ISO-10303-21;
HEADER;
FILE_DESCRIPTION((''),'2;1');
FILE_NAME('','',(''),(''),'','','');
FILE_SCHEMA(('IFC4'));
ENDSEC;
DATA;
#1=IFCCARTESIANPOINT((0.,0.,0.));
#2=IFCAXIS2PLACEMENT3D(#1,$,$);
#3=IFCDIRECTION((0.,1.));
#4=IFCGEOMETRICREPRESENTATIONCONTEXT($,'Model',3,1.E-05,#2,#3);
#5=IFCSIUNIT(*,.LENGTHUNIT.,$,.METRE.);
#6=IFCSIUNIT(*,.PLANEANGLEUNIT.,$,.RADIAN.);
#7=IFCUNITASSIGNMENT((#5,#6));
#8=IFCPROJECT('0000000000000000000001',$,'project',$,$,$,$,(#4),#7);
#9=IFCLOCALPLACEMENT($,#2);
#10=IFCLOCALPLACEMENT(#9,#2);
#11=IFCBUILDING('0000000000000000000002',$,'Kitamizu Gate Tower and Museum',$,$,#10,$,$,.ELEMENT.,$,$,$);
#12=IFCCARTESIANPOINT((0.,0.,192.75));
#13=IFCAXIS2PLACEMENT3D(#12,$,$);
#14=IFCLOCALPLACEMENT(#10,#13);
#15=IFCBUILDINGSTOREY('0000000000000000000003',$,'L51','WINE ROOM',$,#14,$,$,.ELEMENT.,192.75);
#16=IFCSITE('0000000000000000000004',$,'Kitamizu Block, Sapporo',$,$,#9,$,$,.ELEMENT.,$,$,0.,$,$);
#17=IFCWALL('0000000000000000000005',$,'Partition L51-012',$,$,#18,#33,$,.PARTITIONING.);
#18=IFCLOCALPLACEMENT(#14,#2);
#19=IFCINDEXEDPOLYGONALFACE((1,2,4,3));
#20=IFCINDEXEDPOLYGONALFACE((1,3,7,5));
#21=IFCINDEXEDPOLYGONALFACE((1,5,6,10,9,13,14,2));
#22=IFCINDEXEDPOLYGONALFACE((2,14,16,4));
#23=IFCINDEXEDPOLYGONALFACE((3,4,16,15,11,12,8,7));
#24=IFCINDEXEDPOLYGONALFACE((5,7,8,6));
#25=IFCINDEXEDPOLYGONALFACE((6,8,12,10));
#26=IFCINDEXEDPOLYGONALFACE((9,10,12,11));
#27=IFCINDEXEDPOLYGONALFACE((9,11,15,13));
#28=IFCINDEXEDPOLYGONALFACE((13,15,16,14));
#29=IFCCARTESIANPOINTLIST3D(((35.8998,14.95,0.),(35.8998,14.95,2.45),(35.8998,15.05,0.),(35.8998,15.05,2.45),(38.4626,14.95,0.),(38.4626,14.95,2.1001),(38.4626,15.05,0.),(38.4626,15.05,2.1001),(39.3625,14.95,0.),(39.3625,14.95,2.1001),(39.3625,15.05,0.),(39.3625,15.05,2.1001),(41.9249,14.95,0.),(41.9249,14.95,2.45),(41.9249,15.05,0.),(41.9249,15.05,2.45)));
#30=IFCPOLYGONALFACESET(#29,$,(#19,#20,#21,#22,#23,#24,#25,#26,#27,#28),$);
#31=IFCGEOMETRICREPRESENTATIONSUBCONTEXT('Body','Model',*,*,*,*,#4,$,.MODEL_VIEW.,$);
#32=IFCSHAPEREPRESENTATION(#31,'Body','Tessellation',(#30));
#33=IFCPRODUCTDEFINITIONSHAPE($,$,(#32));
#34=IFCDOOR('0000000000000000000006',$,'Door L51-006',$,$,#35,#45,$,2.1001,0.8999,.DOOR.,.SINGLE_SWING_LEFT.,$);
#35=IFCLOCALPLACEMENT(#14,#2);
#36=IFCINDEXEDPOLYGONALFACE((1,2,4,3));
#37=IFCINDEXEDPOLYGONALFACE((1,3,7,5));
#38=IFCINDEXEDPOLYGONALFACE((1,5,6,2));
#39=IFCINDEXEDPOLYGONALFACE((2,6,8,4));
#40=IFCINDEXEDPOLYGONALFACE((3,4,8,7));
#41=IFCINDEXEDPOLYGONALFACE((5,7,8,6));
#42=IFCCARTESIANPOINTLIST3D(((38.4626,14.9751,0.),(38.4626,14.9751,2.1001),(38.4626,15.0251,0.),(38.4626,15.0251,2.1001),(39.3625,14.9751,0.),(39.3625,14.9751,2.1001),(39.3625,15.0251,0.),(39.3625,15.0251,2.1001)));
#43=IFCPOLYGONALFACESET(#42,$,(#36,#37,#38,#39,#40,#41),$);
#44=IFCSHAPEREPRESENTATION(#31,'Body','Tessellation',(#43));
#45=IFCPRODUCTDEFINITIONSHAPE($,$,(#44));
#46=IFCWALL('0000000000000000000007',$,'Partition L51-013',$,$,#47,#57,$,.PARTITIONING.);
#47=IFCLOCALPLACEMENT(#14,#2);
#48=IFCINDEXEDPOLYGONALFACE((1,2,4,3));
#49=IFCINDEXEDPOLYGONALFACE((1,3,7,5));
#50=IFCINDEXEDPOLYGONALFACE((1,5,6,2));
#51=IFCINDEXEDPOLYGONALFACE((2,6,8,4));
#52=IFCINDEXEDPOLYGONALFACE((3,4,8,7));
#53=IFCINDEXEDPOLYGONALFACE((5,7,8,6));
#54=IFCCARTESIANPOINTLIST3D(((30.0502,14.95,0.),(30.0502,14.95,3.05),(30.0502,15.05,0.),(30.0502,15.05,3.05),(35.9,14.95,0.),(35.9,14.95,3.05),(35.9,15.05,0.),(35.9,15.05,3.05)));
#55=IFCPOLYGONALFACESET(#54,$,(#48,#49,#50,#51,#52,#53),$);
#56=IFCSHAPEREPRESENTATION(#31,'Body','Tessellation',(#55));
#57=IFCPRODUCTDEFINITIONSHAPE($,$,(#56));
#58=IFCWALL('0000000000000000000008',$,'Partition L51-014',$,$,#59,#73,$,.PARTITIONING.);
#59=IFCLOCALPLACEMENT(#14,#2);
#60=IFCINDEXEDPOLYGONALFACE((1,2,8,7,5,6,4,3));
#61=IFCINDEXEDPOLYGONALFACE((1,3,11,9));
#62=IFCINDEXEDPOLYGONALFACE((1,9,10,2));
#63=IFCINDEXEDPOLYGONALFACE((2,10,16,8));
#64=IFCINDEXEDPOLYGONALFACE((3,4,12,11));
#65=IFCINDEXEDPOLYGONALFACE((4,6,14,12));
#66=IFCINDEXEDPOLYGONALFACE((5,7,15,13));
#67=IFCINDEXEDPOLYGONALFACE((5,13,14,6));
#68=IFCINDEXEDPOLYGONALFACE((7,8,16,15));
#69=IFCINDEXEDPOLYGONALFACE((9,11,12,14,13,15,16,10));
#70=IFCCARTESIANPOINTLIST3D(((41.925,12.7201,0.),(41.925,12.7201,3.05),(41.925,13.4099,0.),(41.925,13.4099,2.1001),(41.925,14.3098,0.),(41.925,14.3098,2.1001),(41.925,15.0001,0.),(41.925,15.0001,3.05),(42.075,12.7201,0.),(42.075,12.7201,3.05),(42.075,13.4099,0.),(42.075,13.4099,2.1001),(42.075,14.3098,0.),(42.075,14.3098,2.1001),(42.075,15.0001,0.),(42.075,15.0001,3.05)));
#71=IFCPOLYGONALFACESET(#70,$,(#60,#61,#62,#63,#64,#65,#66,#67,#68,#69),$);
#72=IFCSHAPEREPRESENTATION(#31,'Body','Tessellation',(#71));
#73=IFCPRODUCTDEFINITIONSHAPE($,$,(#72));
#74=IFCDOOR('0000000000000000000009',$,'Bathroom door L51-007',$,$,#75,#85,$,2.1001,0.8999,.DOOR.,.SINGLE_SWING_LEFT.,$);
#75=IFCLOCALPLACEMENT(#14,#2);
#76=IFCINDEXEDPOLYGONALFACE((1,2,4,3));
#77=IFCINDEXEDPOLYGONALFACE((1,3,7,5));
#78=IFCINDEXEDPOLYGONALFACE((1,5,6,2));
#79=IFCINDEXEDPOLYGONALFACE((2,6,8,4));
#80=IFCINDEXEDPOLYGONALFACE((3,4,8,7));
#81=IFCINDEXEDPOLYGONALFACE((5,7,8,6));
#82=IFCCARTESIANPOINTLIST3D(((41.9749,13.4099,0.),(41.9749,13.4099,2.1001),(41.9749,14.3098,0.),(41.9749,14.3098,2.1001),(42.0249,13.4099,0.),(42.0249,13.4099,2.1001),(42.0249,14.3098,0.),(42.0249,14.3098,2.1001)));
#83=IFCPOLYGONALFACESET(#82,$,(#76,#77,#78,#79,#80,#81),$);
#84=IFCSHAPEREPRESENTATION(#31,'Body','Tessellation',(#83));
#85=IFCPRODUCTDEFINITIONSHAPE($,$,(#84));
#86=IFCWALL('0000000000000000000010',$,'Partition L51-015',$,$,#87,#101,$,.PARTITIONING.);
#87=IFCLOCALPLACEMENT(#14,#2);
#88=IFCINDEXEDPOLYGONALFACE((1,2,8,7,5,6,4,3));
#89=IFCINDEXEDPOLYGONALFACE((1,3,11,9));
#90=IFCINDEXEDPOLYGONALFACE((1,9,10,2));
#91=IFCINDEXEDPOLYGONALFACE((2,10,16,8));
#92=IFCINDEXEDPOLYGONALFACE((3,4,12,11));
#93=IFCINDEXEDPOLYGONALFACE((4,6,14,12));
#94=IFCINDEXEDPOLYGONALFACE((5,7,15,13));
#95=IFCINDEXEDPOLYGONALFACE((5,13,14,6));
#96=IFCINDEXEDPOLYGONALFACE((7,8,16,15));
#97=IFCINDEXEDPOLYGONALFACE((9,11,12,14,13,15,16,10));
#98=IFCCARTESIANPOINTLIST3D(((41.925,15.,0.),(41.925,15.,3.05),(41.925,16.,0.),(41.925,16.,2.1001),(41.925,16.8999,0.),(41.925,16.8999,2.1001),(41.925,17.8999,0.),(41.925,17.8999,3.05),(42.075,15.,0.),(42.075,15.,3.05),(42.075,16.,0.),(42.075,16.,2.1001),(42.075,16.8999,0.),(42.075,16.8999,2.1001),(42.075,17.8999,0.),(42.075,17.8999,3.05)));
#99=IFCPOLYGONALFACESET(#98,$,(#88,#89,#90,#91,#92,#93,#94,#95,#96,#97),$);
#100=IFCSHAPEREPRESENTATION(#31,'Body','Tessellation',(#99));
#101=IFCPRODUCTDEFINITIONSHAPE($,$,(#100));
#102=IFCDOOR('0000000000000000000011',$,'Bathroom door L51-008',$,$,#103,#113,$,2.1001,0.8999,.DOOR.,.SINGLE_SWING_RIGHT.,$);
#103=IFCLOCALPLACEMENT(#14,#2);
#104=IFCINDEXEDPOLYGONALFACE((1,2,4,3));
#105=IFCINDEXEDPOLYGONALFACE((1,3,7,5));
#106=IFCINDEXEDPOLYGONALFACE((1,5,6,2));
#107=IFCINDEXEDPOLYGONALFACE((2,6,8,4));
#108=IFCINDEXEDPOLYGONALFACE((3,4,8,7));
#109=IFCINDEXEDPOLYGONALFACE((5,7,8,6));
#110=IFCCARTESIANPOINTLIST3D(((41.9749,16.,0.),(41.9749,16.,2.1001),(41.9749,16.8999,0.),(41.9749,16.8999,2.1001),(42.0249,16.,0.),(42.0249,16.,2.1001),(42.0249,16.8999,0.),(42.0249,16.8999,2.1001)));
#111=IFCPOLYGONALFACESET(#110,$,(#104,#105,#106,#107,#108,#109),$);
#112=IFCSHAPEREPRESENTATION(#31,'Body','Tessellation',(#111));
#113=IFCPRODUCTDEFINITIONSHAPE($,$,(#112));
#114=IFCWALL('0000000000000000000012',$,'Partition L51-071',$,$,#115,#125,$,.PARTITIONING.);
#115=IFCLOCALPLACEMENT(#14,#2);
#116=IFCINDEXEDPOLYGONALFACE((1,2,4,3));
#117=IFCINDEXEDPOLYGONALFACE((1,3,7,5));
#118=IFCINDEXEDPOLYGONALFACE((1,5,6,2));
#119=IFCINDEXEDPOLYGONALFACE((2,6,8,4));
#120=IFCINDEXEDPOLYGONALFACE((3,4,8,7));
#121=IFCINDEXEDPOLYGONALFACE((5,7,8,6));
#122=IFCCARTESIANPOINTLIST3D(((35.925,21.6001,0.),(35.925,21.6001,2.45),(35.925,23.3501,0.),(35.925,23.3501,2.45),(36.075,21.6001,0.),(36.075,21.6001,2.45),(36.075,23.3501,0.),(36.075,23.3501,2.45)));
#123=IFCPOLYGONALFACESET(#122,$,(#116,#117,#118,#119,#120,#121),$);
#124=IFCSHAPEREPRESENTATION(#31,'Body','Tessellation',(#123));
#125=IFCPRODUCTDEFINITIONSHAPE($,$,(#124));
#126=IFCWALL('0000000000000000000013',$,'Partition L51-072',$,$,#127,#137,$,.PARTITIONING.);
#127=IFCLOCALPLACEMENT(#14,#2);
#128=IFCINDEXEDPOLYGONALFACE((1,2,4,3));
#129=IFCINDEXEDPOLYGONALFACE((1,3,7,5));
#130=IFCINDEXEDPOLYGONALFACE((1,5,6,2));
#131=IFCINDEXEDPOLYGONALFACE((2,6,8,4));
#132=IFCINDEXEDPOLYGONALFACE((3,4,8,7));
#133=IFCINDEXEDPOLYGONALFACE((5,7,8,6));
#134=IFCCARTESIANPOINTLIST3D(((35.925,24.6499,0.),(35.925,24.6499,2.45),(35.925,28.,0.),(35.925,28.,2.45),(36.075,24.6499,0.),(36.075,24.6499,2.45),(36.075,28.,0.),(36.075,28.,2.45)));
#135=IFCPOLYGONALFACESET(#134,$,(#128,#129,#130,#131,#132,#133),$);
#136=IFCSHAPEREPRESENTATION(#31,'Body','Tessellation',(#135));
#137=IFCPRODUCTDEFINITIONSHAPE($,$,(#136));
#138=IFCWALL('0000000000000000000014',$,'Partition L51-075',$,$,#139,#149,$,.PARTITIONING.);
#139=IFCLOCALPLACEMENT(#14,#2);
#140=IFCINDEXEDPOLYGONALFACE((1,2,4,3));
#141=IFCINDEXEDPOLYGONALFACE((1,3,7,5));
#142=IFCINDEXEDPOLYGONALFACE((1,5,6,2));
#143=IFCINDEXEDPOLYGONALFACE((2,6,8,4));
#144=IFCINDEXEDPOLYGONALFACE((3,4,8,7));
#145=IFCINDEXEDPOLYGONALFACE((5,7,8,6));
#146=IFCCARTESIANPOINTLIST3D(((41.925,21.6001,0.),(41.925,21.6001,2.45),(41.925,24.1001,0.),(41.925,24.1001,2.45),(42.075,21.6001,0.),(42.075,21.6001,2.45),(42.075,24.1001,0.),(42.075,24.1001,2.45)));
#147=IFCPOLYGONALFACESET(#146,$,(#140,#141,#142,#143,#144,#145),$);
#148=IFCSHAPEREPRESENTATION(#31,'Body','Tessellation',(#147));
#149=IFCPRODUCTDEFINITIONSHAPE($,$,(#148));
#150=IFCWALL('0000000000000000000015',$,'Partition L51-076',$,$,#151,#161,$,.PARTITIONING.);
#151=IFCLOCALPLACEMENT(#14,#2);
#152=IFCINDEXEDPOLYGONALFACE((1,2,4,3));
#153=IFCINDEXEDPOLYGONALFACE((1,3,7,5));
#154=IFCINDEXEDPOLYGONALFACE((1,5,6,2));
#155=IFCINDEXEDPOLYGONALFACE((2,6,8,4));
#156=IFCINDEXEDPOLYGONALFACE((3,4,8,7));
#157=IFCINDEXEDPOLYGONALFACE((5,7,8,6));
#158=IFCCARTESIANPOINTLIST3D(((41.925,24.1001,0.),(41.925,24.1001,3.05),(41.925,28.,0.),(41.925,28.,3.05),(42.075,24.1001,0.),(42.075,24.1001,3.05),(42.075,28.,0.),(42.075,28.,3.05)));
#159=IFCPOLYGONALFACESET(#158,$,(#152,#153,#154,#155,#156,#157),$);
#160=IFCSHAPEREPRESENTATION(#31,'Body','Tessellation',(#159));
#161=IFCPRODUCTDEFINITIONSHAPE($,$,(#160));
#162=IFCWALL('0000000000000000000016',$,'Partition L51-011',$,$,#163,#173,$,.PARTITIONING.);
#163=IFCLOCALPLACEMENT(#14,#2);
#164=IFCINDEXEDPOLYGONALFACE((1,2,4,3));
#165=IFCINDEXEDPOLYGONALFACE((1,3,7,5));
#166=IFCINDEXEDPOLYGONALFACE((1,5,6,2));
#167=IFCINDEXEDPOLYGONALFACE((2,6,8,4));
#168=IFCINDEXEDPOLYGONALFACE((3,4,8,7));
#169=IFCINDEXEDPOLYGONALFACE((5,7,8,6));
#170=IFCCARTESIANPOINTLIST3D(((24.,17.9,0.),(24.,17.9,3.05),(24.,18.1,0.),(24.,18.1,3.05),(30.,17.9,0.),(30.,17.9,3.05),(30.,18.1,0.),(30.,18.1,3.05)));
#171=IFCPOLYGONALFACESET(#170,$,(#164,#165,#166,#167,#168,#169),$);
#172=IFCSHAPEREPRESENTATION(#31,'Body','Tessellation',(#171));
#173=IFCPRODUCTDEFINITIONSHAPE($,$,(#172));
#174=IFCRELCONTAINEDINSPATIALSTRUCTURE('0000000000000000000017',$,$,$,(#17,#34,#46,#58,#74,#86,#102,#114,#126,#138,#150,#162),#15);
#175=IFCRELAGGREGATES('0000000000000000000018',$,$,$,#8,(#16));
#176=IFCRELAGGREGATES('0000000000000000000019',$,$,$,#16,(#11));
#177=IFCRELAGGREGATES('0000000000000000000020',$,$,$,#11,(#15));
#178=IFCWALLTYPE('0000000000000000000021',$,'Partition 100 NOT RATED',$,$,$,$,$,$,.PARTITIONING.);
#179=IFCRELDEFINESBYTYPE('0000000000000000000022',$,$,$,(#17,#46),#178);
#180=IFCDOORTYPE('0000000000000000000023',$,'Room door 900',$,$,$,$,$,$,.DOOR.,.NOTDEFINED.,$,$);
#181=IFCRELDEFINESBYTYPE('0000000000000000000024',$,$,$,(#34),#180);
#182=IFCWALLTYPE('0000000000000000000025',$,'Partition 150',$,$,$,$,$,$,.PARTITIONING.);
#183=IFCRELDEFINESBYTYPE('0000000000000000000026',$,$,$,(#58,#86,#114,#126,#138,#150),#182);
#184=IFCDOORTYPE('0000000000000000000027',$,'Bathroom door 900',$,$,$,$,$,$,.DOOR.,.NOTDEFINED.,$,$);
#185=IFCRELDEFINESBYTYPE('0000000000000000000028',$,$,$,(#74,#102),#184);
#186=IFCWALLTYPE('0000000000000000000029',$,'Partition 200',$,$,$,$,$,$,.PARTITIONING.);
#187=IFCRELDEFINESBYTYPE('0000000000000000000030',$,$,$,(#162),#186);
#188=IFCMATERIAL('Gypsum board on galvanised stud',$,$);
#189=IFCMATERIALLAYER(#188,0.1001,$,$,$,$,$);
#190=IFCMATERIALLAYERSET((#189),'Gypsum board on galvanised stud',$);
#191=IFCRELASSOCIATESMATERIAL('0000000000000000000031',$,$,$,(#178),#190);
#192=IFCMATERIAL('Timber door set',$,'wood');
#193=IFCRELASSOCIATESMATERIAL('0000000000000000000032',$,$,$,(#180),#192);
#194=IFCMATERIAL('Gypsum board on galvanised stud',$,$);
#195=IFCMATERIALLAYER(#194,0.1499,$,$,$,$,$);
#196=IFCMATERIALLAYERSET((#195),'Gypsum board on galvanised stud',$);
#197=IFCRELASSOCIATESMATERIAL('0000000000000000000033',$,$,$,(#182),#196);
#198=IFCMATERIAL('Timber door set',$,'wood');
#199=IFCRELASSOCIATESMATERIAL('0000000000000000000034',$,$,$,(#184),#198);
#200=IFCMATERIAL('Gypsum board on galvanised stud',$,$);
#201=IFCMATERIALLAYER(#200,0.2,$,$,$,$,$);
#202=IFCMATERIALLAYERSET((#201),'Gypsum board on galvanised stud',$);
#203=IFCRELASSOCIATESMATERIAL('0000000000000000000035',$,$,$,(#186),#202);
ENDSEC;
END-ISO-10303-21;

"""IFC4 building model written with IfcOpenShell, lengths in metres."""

from ifc_helpers import new_model, si_unit, direction, frame, frame_2d, origin, place, context, subcontext, project, spatial, rectangle, extrude, material, layer, layer_set, type_object, element, fill, save


model = new_model("IFC4")

# Units and contexts
model_context = context("Model", 3, precision=1e-05, world=origin(), true_north=direction((0.0, 1.0)))
body_context = subcontext(model_context, "Body", "Model", "MODEL_VIEW")
ifc_project = project(units=[si_unit("LENGTHUNIT", "METRE"), si_unit("PLANEANGLEUNIT", "RADIAN")], contexts=[model_context])

# Site, building, storey
site_placement = place(None, origin())
site = spatial("IfcSite", under=ifc_project, at=site_placement, Name="Kitamizu Block, Sapporo", CompositionType="ELEMENT", RefElevation=0.0)
building_placement = place(site_placement, origin())
building = spatial("IfcBuilding", under=site, at=building_placement, Name="Kitamizu Gate Tower and Museum", CompositionType="ELEMENT")
storey_placement = place(building_placement, frame((0.0, 0.0, 192.75)))
storey = spatial("IfcBuildingStorey", under=building, at=storey_placement, Name="L51", Description="WINE ROOM", CompositionType="ELEMENT", Elevation=192.75)

# Shared definitions
ifc_material_1 = material(Name="Gypsum board on galvanised stud")
ifc_layer_1 = layer(ifc_material_1, 0.1001)
ifc_layer_set_1 = layer_set([ifc_layer_1], Name="Gypsum board on galvanised stud")
wall_type_1 = type_object("IfcWallType", Name="Partition 100 NOT RATED", PredefinedType="PARTITIONING", material=ifc_layer_set_1)
ifc_material_2 = material(Name="Timber door set", Category="wood")
door_type_1 = type_object("IfcDoorType", Name="Room door 900", OperationType="NOTDEFINED", PredefinedType="DOOR", material=ifc_material_2)

# Wall, opening, door
wall_1_placement = place(storey_placement, frame((41.925, 15.0, 0.0), z_axis=(0.0, 0.0, 1.0), x_axis=(-1.0, 0.0, 0.0)))
wall_1 = element("IfcWall", 1, at=wall_1_placement, inside=storey, type_object=wall_type_1, Name="Partition L51-012", PredefinedType="PARTITIONING", context=body_context, shape_type="SweptSolid", body=[
    extrude(rectangle(XDim=6.0251, YDim=0.1001, at=frame_2d((3.0127, 0.0))), origin(), (0.0, 0.0, 1.0), 2.45),
])
opening_1_placement = place(wall_1_placement, frame((2.5625, 0.0, 0.0)))
opening_1 = element("IfcOpeningElement", 2, at=opening_1_placement, cuts=wall_1, PredefinedType="OPENING", context=body_context, shape_type="SweptSolid", body=[
    extrude(rectangle(XDim=0.8999, YDim=2.1001, at=frame_2d((0.45, 1.05))), frame((0.0, 0.0601, 0.0), z_axis=(0.0, -1.0, 0.0), x_axis=(1.0, 0.0, 0.0)), (0.0, 0.0, 1.0), 0.1201),
])
door_1_placement = place(opening_1_placement, origin())
door_1 = element("IfcDoor", 3, at=door_1_placement, inside=storey, type_object=door_type_1, Name="Door L51-006", OperationType="SINGLE_SWING_LEFT", OverallHeight=2.1001, OverallWidth=0.8999, PredefinedType="DOOR", context=body_context, shape_type="SweptSolid", body=[
    extrude(rectangle(XDim=0.8999, YDim=2.1001, at=frame_2d((0.45, 1.05))), frame((0.0, 0.0249, 0.0), z_axis=(0.0, -1.0, 0.0), x_axis=(1.0, 0.0, 0.0)), (0.0, 0.0, 1.0), 0.05),
])
fill(opening_1, door_1)

# Wall
wall_2_placement = place(storey_placement, frame((35.8999, 15.0, 0.0), z_axis=(0.0, 0.0, 1.0), x_axis=(-1.0, 0.0, 0.0)))
element("IfcWall", 4, at=wall_2_placement, inside=storey, type_object=wall_type_1, Name="Partition L51-013", PredefinedType="PARTITIONING", context=body_context, shape_type="SweptSolid", body=[
    extrude(rectangle(XDim=5.8499, YDim=0.1001, at=frame_2d((2.9248, 0.0))), origin(), (0.0, 0.0, 1.0), 3.05),
])

# Walls, openings, doors
ifc_material_3 = material(Name="Gypsum board on galvanised stud")
ifc_layer_2 = layer(ifc_material_3, 0.1499)
ifc_layer_set_2 = layer_set([ifc_layer_2], Name="Gypsum board on galvanised stud")
wall_type_2 = type_object("IfcWallType", Name="Partition 150", PredefinedType="PARTITIONING", material=ifc_layer_set_2)
wall_3_placement = place(storey_placement, frame((42.0, 12.72, 0.0), z_axis=(0.0, 0.0, 1.0), x_axis=(0.0, 1.0, 0.0)))
wall_3 = element("IfcWall", 5, at=wall_3_placement, inside=storey, type_object=wall_type_2, Name="Partition L51-014", PredefinedType="PARTITIONING", context=body_context, shape_type="SweptSolid", body=[
    extrude(rectangle(XDim=2.28, YDim=0.1499, at=frame_2d((1.1401, 0.0))), origin(), (0.0, 0.0, 1.0), 3.05),
])
opening_2_placement = place(wall_3_placement, frame((0.6899, 0.0, 0.0)))
opening_2 = element("IfcOpeningElement", 6, at=opening_2_placement, cuts=wall_3, PredefinedType="OPENING", context=body_context, shape_type="SweptSolid", body=[
    extrude(rectangle(XDim=0.8999, YDim=2.1001, at=frame_2d((0.45, 1.05))), frame((0.0, 0.085, 0.0), z_axis=(0.0, -1.0, 0.0), x_axis=(1.0, 0.0, 0.0)), (0.0, 0.0, 1.0), 0.1699),
])
ifc_material_4 = material(Name="Timber door set", Category="wood")
door_type_2 = type_object("IfcDoorType", Name="Bathroom door 900", OperationType="NOTDEFINED", PredefinedType="DOOR", material=ifc_material_4)
door_2_placement = place(opening_2_placement, frame((0.8999, 0.0, 0.0), x_axis=(-1.0, 0.0, 0.0)))
door_2 = element("IfcDoor", 7, at=door_2_placement, inside=storey, type_object=door_type_2, Name="Bathroom door L51-007", OperationType="SINGLE_SWING_LEFT", OverallHeight=2.1001, OverallWidth=0.8999, PredefinedType="DOOR", context=body_context, shape_type="SweptSolid", body=[
    extrude(rectangle(XDim=0.8999, YDim=2.1001, at=frame_2d((0.45, 1.05))), frame((0.0, 0.0249, 0.0), z_axis=(0.0, -1.0, 0.0), x_axis=(1.0, 0.0, 0.0)), (0.0, 0.0, 1.0), 0.05),
])
fill(opening_2, door_2)
wall_4_placement = place(storey_placement, frame((42.0, 15.0, 0.0), z_axis=(0.0, 0.0, 1.0), x_axis=(0.0, 1.0, 0.0)))
wall_4 = element("IfcWall", 8, at=wall_4_placement, inside=storey, type_object=wall_type_2, Name="Partition L51-015", PredefinedType="PARTITIONING", context=body_context, shape_type="SweptSolid", body=[
    extrude(rectangle(XDim=2.8999, YDim=0.1499, at=frame_2d((1.45, 0.0))), origin(), (0.0, 0.0, 1.0), 3.05),
])
opening_3_placement = place(wall_4_placement, frame((1.0, 0.0, 0.0)))
opening_3 = element("IfcOpeningElement", 9, at=opening_3_placement, cuts=wall_4, PredefinedType="OPENING", context=body_context, shape_type="SweptSolid", body=[
    extrude(rectangle(XDim=0.8999, YDim=2.1001, at=frame_2d((0.45, 1.05))), frame((0.0, 0.085, 0.0), z_axis=(0.0, -1.0, 0.0), x_axis=(1.0, 0.0, 0.0)), (0.0, 0.0, 1.0), 0.1699),
])
door_3_placement = place(opening_3_placement, frame((0.8999, 0.0, 0.0), x_axis=(-1.0, 0.0, 0.0)))
door_3 = element("IfcDoor", 10, at=door_3_placement, inside=storey, type_object=door_type_2, Name="Bathroom door L51-008", OperationType="SINGLE_SWING_RIGHT", OverallHeight=2.1001, OverallWidth=0.8999, PredefinedType="DOOR", context=body_context, shape_type="SweptSolid", body=[
    extrude(rectangle(XDim=0.8999, YDim=2.1001, at=frame_2d((0.45, 1.05))), frame((0.0, 0.0249, 0.0), z_axis=(0.0, -1.0, 0.0), x_axis=(1.0, 0.0, 0.0)), (0.0, 0.0, 1.0), 0.05),
])
fill(opening_3, door_3)

# Walls
wall_5_placement = place(storey_placement, frame((36.0, 21.6001, 0.0), z_axis=(0.0, 0.0, 1.0), x_axis=(0.0, 1.0, 0.0)))
element("IfcWall", 11, at=wall_5_placement, inside=storey, type_object=wall_type_2, Name="Partition L51-071", PredefinedType="PARTITIONING", context=body_context, shape_type="SweptSolid", body=[
    extrude(rectangle(XDim=1.75, YDim=0.1499, at=frame_2d((0.875, 0.0))), origin(), (0.0, 0.0, 1.0), 2.45),
])
wall_6_placement = place(storey_placement, frame((36.0, 24.6499, 0.0), z_axis=(0.0, 0.0, 1.0), x_axis=(0.0, 1.0, 0.0)))
element("IfcWall", 12, at=wall_6_placement, inside=storey, type_object=wall_type_2, Name="Partition L51-072", PredefinedType="PARTITIONING", context=body_context, shape_type="SweptSolid", body=[
    extrude(rectangle(XDim=3.3501, YDim=0.1499, at=frame_2d((1.675, 0.0))), origin(), (0.0, 0.0, 1.0), 2.45),
])
wall_7_placement = place(storey_placement, frame((42.0, 21.6001, 0.0), z_axis=(0.0, 0.0, 1.0), x_axis=(0.0, 1.0, 0.0)))
element("IfcWall", 13, at=wall_7_placement, inside=storey, type_object=wall_type_2, Name="Partition L51-075", PredefinedType="PARTITIONING", context=body_context, shape_type="SweptSolid", body=[
    extrude(rectangle(XDim=2.5, YDim=0.1499, at=frame_2d((1.25, 0.0))), origin(), (0.0, 0.0, 1.0), 2.45),
])
wall_8_placement = place(storey_placement, frame((42.0, 24.1001, 0.0), z_axis=(0.0, 0.0, 1.0), x_axis=(0.0, 1.0, 0.0)))
element("IfcWall", 14, at=wall_8_placement, inside=storey, type_object=wall_type_2, Name="Partition L51-076", PredefinedType="PARTITIONING", context=body_context, shape_type="SweptSolid", body=[
    extrude(rectangle(XDim=3.8999, YDim=0.1499, at=frame_2d((1.95, 0.0))), origin(), (0.0, 0.0, 1.0), 3.05),
])
ifc_material_5 = material(Name="Gypsum board on galvanised stud")
ifc_layer_3 = layer(ifc_material_5, 0.2)
ifc_layer_set_3 = layer_set([ifc_layer_3], Name="Gypsum board on galvanised stud")
wall_type_3 = type_object("IfcWallType", Name="Partition 200", PredefinedType="PARTITIONING", material=ifc_layer_set_3)
wall_9_placement = place(storey_placement, frame((30.0, 18.0, 0.0), z_axis=(0.0, 0.0, 1.0), x_axis=(-1.0, 0.0, 0.0)))
element("IfcWall", 15, at=wall_9_placement, inside=storey, type_object=wall_type_3, Name="Partition L51-011", PredefinedType="PARTITIONING", context=body_context, shape_type="SweptSolid", body=[
    extrude(rectangle(XDim=6.0, YDim=0.2, at=frame_2d((3.0, 0.0))), origin(), (0.0, 0.0, 1.0), 3.05),
])

save(model, "model.ifc")
